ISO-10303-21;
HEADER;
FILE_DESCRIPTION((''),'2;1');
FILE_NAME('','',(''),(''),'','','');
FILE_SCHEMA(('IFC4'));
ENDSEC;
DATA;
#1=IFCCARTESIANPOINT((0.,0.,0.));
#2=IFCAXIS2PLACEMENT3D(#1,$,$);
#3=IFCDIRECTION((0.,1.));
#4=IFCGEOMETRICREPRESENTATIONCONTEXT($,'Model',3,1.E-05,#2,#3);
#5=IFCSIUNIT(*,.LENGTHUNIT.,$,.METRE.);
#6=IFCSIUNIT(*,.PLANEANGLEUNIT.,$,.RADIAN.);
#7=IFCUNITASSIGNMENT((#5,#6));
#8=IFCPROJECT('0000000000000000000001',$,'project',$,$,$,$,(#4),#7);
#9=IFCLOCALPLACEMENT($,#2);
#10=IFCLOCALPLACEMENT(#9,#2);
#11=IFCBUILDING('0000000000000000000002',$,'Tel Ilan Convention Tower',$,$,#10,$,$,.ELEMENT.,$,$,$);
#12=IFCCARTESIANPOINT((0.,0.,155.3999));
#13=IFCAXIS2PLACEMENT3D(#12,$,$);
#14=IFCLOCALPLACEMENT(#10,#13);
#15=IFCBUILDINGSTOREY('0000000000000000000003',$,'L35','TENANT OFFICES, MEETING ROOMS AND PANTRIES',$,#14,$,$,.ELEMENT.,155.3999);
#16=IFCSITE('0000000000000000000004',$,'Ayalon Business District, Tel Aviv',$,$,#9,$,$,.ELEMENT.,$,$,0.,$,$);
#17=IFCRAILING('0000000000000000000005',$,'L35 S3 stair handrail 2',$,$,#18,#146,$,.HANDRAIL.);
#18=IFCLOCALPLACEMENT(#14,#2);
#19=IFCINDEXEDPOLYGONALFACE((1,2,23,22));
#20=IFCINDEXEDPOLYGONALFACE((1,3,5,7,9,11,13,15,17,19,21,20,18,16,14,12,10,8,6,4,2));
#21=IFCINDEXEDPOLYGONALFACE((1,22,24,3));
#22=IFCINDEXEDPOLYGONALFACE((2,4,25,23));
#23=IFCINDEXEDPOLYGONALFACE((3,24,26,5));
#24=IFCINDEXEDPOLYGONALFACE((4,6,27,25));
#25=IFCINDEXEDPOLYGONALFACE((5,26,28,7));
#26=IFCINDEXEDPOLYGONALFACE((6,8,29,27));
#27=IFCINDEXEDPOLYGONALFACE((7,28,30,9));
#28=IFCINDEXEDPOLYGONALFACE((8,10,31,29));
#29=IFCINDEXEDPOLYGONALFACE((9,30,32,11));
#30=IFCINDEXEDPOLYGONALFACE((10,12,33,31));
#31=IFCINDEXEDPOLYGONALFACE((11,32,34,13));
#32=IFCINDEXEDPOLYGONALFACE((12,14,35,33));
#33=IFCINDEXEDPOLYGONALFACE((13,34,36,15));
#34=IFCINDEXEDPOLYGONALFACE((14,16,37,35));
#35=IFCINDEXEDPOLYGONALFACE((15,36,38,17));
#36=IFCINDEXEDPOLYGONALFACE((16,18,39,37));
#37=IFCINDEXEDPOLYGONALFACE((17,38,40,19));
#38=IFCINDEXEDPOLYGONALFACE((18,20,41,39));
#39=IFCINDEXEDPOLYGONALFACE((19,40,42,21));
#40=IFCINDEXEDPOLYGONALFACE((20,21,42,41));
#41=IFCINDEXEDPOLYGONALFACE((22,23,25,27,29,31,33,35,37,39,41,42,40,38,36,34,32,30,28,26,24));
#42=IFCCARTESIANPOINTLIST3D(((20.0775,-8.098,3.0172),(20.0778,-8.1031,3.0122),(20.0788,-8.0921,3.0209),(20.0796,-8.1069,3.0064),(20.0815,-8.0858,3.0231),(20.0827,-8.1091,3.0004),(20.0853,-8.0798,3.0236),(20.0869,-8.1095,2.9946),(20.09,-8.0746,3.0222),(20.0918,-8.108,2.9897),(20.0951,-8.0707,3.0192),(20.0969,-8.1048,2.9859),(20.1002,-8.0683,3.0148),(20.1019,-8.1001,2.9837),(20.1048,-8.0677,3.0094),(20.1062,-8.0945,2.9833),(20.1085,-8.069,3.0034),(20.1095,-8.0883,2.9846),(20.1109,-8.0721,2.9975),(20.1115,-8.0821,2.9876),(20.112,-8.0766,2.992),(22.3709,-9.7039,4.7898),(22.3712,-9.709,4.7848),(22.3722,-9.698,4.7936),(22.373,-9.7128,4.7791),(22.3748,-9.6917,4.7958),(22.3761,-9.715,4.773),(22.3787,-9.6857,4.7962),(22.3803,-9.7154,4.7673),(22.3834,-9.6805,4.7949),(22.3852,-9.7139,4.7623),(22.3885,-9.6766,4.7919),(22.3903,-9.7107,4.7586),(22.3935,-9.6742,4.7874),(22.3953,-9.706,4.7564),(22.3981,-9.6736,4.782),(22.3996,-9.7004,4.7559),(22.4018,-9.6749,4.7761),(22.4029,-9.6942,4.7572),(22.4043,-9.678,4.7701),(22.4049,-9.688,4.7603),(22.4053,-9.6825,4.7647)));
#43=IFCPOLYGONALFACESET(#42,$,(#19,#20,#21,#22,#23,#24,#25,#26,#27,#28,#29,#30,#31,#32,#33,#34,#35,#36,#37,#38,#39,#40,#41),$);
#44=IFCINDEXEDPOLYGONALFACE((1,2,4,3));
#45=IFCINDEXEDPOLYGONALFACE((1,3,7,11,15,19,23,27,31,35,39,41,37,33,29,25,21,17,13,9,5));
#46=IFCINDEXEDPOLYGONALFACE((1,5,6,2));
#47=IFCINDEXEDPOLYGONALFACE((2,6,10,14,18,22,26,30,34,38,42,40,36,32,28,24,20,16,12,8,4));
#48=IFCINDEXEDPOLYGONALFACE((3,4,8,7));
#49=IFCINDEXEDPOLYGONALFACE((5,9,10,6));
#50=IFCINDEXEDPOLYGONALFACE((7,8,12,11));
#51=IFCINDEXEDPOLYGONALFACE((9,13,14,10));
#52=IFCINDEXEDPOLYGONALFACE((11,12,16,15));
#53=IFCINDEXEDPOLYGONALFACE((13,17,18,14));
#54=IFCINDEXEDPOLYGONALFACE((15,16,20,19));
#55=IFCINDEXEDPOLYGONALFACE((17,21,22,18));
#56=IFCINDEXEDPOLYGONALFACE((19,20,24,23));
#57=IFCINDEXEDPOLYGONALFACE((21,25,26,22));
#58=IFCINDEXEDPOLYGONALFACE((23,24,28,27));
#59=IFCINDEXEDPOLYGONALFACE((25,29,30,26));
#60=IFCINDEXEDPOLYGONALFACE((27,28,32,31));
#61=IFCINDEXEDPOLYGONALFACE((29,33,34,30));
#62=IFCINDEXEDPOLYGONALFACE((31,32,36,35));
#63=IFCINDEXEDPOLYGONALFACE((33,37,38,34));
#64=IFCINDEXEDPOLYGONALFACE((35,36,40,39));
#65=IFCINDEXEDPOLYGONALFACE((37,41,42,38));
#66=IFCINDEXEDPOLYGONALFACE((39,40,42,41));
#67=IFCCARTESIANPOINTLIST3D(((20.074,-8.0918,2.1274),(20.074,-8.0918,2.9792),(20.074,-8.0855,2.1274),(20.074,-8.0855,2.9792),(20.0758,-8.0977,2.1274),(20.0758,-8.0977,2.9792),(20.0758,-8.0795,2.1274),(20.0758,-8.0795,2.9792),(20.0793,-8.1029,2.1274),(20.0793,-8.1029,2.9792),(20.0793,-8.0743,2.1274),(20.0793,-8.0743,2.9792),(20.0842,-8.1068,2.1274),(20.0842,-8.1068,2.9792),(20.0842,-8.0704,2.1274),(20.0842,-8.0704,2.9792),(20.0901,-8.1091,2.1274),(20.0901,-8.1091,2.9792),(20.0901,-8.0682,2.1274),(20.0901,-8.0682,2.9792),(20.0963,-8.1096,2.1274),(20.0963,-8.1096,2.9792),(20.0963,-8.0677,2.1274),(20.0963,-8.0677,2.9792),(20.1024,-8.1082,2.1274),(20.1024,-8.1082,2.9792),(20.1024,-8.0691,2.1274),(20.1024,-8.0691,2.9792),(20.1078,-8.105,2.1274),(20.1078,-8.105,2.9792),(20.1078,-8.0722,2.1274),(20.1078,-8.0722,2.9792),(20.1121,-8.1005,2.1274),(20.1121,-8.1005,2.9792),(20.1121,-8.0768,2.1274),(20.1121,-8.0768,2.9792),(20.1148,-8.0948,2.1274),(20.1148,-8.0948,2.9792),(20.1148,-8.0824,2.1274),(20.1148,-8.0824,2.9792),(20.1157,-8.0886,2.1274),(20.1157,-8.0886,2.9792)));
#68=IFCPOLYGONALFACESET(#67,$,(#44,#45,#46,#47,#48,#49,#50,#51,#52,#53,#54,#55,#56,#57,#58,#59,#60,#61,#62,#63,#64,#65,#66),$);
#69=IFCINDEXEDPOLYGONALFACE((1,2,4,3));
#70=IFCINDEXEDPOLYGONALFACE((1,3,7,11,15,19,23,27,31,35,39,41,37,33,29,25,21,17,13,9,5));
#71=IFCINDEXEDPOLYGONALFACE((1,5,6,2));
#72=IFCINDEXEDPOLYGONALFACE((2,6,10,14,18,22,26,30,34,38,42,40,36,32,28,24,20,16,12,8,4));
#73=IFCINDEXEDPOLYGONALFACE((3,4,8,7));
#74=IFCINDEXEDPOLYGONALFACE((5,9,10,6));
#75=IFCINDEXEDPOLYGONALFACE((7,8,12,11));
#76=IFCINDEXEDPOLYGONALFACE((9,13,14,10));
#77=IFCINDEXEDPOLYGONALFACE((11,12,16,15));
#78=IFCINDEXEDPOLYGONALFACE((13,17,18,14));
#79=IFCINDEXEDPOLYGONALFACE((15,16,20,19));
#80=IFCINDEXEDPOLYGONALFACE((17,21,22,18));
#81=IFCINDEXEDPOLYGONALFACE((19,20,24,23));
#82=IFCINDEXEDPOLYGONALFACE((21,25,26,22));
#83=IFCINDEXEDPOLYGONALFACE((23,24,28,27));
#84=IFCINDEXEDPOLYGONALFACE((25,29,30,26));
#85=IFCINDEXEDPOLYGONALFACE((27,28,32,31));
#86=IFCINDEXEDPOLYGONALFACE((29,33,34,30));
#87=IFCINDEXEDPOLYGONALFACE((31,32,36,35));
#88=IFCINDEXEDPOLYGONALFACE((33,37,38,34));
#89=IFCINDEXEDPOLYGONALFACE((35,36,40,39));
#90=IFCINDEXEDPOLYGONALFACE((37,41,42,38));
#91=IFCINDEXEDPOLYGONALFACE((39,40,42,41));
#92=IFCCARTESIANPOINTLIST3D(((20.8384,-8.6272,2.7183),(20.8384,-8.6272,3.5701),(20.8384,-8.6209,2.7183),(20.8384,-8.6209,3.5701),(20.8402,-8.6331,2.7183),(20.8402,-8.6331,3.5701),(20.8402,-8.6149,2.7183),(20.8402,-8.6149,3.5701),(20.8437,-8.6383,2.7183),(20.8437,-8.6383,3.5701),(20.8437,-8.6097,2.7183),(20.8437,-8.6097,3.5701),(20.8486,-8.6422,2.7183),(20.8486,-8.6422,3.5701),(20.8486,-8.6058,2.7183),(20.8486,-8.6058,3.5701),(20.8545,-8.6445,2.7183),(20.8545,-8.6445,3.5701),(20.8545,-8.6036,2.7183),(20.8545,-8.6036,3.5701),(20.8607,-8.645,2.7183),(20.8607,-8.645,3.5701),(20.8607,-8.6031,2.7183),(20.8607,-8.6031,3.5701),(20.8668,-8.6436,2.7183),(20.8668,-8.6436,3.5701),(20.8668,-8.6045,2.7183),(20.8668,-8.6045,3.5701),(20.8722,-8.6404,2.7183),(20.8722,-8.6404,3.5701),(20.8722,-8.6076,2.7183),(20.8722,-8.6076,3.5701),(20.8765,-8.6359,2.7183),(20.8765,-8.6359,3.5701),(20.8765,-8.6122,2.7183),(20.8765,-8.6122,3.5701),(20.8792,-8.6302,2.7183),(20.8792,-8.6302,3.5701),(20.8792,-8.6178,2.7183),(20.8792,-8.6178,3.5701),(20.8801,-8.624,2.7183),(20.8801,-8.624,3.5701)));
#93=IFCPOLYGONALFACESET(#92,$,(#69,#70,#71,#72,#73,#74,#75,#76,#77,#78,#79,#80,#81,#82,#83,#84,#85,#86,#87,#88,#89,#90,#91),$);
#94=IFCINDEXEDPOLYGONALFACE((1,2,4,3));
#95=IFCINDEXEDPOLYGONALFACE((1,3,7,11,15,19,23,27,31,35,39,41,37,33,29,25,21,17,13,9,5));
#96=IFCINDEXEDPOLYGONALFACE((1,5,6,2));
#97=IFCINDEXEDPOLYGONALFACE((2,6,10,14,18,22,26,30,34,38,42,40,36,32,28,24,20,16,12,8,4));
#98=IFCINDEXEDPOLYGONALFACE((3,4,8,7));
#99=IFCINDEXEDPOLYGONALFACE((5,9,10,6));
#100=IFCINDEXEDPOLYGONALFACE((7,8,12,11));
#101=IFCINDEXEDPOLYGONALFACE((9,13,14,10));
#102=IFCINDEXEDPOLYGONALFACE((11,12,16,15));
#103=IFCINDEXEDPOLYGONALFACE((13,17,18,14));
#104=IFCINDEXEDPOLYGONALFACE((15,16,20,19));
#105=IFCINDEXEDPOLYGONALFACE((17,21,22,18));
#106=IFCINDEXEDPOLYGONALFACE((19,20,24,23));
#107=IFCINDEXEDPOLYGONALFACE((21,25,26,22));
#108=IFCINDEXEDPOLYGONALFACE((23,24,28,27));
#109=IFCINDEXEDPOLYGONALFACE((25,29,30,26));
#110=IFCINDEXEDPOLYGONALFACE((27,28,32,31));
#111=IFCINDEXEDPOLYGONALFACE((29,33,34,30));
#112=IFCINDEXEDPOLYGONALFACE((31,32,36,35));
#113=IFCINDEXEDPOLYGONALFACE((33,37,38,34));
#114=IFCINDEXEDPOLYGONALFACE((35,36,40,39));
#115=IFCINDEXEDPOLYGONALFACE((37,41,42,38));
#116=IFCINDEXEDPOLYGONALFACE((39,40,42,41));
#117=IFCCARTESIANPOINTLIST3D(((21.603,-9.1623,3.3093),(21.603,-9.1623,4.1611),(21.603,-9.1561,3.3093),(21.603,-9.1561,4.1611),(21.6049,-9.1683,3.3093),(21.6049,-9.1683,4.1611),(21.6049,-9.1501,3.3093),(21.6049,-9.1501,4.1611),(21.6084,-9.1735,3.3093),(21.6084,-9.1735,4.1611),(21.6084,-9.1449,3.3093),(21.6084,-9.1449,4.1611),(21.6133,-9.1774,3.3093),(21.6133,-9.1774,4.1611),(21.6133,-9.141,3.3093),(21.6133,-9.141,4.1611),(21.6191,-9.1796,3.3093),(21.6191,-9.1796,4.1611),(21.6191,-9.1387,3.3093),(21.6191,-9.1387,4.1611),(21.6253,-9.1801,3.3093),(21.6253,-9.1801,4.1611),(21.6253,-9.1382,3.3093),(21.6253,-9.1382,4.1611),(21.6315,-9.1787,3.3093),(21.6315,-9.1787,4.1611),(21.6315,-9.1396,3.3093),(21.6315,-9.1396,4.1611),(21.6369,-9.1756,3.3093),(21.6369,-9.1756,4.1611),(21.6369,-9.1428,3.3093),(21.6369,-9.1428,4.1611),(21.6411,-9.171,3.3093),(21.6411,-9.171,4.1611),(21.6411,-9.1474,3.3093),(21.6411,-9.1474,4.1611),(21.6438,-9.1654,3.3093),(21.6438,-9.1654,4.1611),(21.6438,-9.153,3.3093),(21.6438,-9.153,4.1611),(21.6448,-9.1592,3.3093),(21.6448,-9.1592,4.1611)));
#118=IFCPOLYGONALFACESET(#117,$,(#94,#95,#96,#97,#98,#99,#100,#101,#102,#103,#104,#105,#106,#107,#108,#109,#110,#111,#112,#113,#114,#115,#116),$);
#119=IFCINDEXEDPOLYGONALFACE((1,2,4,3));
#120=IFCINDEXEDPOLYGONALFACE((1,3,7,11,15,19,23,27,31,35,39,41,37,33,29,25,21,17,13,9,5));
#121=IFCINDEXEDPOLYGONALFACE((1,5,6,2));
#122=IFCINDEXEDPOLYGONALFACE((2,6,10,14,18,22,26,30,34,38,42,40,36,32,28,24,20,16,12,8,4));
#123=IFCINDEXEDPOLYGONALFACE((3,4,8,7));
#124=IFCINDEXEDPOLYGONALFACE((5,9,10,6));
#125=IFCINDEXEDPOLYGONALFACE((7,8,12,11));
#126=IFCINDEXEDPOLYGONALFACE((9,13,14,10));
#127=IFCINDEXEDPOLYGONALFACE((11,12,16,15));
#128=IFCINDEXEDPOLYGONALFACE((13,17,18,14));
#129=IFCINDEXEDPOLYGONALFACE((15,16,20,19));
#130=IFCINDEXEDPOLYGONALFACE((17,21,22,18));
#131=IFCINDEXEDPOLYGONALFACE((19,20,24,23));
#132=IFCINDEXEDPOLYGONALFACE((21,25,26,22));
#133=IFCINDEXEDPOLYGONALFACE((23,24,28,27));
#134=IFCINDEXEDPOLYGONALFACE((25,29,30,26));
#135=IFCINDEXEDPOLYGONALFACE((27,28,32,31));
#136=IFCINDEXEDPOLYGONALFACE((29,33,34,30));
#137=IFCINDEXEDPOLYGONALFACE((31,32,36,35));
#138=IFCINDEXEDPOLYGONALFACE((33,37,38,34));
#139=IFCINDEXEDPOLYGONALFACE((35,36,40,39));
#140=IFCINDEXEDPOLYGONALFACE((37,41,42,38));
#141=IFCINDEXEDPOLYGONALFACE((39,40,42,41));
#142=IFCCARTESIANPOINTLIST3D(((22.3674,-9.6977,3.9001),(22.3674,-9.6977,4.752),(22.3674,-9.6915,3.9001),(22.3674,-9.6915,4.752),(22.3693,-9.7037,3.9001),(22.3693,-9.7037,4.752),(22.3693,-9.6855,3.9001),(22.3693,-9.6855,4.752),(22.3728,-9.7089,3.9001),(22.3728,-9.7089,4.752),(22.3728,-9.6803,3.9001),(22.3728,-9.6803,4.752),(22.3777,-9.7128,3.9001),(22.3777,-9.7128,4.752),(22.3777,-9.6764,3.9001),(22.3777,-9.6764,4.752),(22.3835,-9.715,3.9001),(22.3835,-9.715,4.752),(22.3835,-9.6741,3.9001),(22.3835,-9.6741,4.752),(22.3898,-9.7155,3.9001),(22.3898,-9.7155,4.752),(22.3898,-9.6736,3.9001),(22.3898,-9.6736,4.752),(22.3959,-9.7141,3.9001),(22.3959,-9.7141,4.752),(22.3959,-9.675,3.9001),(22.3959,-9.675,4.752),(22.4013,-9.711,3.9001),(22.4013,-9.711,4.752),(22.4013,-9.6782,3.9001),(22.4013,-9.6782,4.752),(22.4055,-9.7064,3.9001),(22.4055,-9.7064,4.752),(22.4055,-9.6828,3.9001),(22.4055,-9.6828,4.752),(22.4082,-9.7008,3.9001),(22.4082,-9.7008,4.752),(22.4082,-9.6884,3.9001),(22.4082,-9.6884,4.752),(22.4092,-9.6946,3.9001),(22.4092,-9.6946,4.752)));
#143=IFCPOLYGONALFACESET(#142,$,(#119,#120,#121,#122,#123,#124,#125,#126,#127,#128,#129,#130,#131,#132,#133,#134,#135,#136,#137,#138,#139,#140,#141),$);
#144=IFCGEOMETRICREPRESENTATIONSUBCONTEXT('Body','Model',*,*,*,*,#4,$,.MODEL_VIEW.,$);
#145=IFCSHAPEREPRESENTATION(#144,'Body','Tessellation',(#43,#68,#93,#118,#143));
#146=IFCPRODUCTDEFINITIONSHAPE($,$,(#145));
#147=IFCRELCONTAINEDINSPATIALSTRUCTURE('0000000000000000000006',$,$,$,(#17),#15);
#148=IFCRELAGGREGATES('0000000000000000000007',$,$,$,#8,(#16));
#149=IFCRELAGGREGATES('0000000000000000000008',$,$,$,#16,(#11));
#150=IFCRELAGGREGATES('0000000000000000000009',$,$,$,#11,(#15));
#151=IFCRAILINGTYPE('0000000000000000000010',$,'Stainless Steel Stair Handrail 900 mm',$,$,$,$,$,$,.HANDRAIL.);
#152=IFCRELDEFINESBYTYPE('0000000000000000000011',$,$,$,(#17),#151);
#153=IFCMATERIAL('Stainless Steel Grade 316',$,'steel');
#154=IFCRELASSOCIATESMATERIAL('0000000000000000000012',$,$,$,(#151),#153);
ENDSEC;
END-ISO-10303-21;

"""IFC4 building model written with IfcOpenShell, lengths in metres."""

from ifc_helpers import new_model, si_unit, direction, frame, origin, origin_2d, place, context, subcontext, project, spatial, circle, extrude, material, type_object, element, save


model = new_model("IFC4")

# Units and contexts
model_context = context("Model", 3, precision=1e-05, world=origin(), true_north=direction((0.0, 1.0)))
body_context = subcontext(model_context, "Body", "Model", "MODEL_VIEW")
ifc_project = project(units=[si_unit("LENGTHUNIT", "METRE"), si_unit("PLANEANGLEUNIT", "RADIAN")], contexts=[model_context])

# Site, building, storey
site_placement = place(None, origin())
site = spatial("IfcSite", under=ifc_project, at=site_placement, Name="Ayalon Business District, Tel Aviv", CompositionType="ELEMENT", RefElevation=0.0)
building_placement = place(site_placement, origin())
building = spatial("IfcBuilding", under=site, at=building_placement, Name="Tel Ilan Convention Tower", CompositionType="ELEMENT")
storey_placement = place(building_placement, frame((0.0, 0.0, 155.3999)))
storey = spatial("IfcBuildingStorey", under=building, at=storey_placement, Name="L35", Description="TENANT OFFICES, MEETING ROOMS AND PANTRIES", CompositionType="ELEMENT", Elevation=155.3999)

# Railing
ifc_material_1 = material(Name="Stainless Steel Grade 316", Category="steel")
railing_type_1 = type_object("IfcRailingType", Name="Stainless Steel Stair Handrail 900 mm", PredefinedType="HANDRAIL", material=ifc_material_1)
railing_1_placement = place(storey_placement, frame((20.0947, -8.0886, 2.1274)))
element("IfcRailing", 1, at=railing_1_placement, inside=storey, type_object=railing_type_1, Name="L35 S3 stair handrail 2", PredefinedType="HANDRAIL", context=body_context, shape_type="SweptSolid", body=[
    extrude(circle(Radius=0.0239, at=origin_2d()), frame((0.0, 0.0, 0.876), z_axis=(0.692085, -0.484621, 0.53494), x_axis=(0.573591, 0.819142, 0.0)), (0.0, 0.0, 1.0), 3.3137),
    extrude(circle(Radius=0.021, at=origin_2d()), origin(), (0.0, 0.0, 1.0), 0.8518),
    extrude(circle(Radius=0.021, at=origin_2d()), frame((0.7644, -0.5354, 0.5908)), (0.0, 0.0, 1.0), 0.8518),
    extrude(circle(Radius=0.021, at=origin_2d()), frame((1.5291, -1.0706, 1.1819)), (0.0, 0.0, 1.0), 0.8518),
    extrude(circle(Radius=0.021, at=origin_2d()), frame((2.2935, -1.606, 1.7727)), (0.0, 0.0, 1.0), 0.8518),
])

save(model, "model.ifc")
